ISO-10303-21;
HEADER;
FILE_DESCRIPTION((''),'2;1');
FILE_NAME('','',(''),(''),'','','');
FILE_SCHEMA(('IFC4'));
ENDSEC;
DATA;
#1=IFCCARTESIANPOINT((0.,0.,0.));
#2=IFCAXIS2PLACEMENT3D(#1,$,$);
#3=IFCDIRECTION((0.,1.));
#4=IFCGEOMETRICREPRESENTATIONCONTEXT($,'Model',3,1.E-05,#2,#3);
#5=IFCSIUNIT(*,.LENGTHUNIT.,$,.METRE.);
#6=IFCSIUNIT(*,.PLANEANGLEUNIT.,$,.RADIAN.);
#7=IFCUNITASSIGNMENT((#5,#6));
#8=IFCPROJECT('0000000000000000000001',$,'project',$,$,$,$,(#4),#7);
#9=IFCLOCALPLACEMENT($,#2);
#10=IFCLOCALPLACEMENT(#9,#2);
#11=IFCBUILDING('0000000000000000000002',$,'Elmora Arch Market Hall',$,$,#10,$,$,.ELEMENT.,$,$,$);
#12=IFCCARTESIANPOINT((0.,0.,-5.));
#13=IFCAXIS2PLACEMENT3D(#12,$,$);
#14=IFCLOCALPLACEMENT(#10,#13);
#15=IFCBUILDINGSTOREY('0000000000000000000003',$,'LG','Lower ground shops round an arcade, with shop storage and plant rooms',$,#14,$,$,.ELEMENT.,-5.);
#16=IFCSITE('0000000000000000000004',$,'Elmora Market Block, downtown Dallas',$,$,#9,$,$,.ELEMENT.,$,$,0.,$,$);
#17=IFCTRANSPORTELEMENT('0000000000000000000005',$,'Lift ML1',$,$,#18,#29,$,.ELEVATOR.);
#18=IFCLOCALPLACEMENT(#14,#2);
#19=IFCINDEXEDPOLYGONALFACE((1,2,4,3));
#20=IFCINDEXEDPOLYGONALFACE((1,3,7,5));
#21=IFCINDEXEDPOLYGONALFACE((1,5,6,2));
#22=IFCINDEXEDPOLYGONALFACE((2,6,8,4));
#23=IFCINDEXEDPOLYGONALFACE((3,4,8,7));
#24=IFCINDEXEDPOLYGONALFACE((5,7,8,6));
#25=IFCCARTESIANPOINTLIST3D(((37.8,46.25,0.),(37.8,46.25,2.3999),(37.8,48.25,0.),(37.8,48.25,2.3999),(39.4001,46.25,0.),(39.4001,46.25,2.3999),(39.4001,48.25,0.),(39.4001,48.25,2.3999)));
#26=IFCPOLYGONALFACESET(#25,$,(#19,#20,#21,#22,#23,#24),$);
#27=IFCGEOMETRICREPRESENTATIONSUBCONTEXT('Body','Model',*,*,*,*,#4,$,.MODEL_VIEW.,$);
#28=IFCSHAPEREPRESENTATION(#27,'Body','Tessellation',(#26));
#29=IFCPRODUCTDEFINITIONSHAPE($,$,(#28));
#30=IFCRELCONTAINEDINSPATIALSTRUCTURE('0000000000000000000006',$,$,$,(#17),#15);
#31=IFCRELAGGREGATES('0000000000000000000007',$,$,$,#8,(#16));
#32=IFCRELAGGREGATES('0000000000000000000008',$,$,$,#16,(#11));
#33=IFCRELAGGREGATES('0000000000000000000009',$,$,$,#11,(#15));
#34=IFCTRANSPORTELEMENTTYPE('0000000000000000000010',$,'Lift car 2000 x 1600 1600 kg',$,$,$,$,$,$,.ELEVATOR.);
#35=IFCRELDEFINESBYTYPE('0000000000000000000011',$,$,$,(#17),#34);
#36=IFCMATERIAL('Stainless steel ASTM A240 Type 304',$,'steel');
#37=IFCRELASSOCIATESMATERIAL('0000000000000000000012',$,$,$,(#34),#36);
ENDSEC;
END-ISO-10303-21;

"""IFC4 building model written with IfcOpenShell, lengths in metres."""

from ifc_helpers import new_model, si_unit, direction, frame, origin, origin_2d, place, context, subcontext, project, spatial, rectangle, extrude, material, type_object, element, save


model = new_model("IFC4")

# Units and contexts
model_context = context("Model", 3, precision=1e-05, world=origin(), true_north=direction((0.0, 1.0)))
body_context = subcontext(model_context, "Body", "Model", "MODEL_VIEW")
ifc_project = project(units=[si_unit("LENGTHUNIT", "METRE"), si_unit("PLANEANGLEUNIT", "RADIAN")], contexts=[model_context])

# Site, building, storey
site_placement = place(None, origin())
site = spatial("IfcSite", under=ifc_project, at=site_placement, Name="Elmora Market Block, downtown Dallas", CompositionType="ELEMENT", RefElevation=0.0)
building_placement = place(site_placement, origin())
building = spatial("IfcBuilding", under=site, at=building_placement, Name="Elmora Arch Market Hall", CompositionType="ELEMENT")
storey_placement = place(building_placement, frame((0.0, 0.0, -5.0)))
storey = spatial("IfcBuildingStorey", under=building, at=storey_placement, Name="LG", Description="Lower ground shops round an arcade, with shop storage and plant rooms", CompositionType="ELEMENT", Elevation=-5.0)

# Transport element
ifc_material_1 = material(Name="Stainless steel ASTM A240 Type 304", Category="steel")
transport_element_type = type_object("IfcTransportElementType", Name="Lift car 2000 x 1600 1600 kg", PredefinedType="ELEVATOR", material=ifc_material_1)
transport_element_placement = place(storey_placement, frame((38.6001, 47.25, 0.0), z_axis=(0.0, 0.0, 1.0), x_axis=(1.0, 0.0, 0.0)))
element("IfcTransportElement", 1, at=transport_element_placement, inside=storey, type_object=transport_element_type, Name="Lift ML1", PredefinedType="ELEVATOR", context=body_context, shape_type="SweptSolid", body=[
    extrude(rectangle(XDim=1.6001, YDim=2.0, at=origin_2d()), origin(), (0.0, 0.0, 1.0), 2.3999),
])

save(model, "model.ifc")
